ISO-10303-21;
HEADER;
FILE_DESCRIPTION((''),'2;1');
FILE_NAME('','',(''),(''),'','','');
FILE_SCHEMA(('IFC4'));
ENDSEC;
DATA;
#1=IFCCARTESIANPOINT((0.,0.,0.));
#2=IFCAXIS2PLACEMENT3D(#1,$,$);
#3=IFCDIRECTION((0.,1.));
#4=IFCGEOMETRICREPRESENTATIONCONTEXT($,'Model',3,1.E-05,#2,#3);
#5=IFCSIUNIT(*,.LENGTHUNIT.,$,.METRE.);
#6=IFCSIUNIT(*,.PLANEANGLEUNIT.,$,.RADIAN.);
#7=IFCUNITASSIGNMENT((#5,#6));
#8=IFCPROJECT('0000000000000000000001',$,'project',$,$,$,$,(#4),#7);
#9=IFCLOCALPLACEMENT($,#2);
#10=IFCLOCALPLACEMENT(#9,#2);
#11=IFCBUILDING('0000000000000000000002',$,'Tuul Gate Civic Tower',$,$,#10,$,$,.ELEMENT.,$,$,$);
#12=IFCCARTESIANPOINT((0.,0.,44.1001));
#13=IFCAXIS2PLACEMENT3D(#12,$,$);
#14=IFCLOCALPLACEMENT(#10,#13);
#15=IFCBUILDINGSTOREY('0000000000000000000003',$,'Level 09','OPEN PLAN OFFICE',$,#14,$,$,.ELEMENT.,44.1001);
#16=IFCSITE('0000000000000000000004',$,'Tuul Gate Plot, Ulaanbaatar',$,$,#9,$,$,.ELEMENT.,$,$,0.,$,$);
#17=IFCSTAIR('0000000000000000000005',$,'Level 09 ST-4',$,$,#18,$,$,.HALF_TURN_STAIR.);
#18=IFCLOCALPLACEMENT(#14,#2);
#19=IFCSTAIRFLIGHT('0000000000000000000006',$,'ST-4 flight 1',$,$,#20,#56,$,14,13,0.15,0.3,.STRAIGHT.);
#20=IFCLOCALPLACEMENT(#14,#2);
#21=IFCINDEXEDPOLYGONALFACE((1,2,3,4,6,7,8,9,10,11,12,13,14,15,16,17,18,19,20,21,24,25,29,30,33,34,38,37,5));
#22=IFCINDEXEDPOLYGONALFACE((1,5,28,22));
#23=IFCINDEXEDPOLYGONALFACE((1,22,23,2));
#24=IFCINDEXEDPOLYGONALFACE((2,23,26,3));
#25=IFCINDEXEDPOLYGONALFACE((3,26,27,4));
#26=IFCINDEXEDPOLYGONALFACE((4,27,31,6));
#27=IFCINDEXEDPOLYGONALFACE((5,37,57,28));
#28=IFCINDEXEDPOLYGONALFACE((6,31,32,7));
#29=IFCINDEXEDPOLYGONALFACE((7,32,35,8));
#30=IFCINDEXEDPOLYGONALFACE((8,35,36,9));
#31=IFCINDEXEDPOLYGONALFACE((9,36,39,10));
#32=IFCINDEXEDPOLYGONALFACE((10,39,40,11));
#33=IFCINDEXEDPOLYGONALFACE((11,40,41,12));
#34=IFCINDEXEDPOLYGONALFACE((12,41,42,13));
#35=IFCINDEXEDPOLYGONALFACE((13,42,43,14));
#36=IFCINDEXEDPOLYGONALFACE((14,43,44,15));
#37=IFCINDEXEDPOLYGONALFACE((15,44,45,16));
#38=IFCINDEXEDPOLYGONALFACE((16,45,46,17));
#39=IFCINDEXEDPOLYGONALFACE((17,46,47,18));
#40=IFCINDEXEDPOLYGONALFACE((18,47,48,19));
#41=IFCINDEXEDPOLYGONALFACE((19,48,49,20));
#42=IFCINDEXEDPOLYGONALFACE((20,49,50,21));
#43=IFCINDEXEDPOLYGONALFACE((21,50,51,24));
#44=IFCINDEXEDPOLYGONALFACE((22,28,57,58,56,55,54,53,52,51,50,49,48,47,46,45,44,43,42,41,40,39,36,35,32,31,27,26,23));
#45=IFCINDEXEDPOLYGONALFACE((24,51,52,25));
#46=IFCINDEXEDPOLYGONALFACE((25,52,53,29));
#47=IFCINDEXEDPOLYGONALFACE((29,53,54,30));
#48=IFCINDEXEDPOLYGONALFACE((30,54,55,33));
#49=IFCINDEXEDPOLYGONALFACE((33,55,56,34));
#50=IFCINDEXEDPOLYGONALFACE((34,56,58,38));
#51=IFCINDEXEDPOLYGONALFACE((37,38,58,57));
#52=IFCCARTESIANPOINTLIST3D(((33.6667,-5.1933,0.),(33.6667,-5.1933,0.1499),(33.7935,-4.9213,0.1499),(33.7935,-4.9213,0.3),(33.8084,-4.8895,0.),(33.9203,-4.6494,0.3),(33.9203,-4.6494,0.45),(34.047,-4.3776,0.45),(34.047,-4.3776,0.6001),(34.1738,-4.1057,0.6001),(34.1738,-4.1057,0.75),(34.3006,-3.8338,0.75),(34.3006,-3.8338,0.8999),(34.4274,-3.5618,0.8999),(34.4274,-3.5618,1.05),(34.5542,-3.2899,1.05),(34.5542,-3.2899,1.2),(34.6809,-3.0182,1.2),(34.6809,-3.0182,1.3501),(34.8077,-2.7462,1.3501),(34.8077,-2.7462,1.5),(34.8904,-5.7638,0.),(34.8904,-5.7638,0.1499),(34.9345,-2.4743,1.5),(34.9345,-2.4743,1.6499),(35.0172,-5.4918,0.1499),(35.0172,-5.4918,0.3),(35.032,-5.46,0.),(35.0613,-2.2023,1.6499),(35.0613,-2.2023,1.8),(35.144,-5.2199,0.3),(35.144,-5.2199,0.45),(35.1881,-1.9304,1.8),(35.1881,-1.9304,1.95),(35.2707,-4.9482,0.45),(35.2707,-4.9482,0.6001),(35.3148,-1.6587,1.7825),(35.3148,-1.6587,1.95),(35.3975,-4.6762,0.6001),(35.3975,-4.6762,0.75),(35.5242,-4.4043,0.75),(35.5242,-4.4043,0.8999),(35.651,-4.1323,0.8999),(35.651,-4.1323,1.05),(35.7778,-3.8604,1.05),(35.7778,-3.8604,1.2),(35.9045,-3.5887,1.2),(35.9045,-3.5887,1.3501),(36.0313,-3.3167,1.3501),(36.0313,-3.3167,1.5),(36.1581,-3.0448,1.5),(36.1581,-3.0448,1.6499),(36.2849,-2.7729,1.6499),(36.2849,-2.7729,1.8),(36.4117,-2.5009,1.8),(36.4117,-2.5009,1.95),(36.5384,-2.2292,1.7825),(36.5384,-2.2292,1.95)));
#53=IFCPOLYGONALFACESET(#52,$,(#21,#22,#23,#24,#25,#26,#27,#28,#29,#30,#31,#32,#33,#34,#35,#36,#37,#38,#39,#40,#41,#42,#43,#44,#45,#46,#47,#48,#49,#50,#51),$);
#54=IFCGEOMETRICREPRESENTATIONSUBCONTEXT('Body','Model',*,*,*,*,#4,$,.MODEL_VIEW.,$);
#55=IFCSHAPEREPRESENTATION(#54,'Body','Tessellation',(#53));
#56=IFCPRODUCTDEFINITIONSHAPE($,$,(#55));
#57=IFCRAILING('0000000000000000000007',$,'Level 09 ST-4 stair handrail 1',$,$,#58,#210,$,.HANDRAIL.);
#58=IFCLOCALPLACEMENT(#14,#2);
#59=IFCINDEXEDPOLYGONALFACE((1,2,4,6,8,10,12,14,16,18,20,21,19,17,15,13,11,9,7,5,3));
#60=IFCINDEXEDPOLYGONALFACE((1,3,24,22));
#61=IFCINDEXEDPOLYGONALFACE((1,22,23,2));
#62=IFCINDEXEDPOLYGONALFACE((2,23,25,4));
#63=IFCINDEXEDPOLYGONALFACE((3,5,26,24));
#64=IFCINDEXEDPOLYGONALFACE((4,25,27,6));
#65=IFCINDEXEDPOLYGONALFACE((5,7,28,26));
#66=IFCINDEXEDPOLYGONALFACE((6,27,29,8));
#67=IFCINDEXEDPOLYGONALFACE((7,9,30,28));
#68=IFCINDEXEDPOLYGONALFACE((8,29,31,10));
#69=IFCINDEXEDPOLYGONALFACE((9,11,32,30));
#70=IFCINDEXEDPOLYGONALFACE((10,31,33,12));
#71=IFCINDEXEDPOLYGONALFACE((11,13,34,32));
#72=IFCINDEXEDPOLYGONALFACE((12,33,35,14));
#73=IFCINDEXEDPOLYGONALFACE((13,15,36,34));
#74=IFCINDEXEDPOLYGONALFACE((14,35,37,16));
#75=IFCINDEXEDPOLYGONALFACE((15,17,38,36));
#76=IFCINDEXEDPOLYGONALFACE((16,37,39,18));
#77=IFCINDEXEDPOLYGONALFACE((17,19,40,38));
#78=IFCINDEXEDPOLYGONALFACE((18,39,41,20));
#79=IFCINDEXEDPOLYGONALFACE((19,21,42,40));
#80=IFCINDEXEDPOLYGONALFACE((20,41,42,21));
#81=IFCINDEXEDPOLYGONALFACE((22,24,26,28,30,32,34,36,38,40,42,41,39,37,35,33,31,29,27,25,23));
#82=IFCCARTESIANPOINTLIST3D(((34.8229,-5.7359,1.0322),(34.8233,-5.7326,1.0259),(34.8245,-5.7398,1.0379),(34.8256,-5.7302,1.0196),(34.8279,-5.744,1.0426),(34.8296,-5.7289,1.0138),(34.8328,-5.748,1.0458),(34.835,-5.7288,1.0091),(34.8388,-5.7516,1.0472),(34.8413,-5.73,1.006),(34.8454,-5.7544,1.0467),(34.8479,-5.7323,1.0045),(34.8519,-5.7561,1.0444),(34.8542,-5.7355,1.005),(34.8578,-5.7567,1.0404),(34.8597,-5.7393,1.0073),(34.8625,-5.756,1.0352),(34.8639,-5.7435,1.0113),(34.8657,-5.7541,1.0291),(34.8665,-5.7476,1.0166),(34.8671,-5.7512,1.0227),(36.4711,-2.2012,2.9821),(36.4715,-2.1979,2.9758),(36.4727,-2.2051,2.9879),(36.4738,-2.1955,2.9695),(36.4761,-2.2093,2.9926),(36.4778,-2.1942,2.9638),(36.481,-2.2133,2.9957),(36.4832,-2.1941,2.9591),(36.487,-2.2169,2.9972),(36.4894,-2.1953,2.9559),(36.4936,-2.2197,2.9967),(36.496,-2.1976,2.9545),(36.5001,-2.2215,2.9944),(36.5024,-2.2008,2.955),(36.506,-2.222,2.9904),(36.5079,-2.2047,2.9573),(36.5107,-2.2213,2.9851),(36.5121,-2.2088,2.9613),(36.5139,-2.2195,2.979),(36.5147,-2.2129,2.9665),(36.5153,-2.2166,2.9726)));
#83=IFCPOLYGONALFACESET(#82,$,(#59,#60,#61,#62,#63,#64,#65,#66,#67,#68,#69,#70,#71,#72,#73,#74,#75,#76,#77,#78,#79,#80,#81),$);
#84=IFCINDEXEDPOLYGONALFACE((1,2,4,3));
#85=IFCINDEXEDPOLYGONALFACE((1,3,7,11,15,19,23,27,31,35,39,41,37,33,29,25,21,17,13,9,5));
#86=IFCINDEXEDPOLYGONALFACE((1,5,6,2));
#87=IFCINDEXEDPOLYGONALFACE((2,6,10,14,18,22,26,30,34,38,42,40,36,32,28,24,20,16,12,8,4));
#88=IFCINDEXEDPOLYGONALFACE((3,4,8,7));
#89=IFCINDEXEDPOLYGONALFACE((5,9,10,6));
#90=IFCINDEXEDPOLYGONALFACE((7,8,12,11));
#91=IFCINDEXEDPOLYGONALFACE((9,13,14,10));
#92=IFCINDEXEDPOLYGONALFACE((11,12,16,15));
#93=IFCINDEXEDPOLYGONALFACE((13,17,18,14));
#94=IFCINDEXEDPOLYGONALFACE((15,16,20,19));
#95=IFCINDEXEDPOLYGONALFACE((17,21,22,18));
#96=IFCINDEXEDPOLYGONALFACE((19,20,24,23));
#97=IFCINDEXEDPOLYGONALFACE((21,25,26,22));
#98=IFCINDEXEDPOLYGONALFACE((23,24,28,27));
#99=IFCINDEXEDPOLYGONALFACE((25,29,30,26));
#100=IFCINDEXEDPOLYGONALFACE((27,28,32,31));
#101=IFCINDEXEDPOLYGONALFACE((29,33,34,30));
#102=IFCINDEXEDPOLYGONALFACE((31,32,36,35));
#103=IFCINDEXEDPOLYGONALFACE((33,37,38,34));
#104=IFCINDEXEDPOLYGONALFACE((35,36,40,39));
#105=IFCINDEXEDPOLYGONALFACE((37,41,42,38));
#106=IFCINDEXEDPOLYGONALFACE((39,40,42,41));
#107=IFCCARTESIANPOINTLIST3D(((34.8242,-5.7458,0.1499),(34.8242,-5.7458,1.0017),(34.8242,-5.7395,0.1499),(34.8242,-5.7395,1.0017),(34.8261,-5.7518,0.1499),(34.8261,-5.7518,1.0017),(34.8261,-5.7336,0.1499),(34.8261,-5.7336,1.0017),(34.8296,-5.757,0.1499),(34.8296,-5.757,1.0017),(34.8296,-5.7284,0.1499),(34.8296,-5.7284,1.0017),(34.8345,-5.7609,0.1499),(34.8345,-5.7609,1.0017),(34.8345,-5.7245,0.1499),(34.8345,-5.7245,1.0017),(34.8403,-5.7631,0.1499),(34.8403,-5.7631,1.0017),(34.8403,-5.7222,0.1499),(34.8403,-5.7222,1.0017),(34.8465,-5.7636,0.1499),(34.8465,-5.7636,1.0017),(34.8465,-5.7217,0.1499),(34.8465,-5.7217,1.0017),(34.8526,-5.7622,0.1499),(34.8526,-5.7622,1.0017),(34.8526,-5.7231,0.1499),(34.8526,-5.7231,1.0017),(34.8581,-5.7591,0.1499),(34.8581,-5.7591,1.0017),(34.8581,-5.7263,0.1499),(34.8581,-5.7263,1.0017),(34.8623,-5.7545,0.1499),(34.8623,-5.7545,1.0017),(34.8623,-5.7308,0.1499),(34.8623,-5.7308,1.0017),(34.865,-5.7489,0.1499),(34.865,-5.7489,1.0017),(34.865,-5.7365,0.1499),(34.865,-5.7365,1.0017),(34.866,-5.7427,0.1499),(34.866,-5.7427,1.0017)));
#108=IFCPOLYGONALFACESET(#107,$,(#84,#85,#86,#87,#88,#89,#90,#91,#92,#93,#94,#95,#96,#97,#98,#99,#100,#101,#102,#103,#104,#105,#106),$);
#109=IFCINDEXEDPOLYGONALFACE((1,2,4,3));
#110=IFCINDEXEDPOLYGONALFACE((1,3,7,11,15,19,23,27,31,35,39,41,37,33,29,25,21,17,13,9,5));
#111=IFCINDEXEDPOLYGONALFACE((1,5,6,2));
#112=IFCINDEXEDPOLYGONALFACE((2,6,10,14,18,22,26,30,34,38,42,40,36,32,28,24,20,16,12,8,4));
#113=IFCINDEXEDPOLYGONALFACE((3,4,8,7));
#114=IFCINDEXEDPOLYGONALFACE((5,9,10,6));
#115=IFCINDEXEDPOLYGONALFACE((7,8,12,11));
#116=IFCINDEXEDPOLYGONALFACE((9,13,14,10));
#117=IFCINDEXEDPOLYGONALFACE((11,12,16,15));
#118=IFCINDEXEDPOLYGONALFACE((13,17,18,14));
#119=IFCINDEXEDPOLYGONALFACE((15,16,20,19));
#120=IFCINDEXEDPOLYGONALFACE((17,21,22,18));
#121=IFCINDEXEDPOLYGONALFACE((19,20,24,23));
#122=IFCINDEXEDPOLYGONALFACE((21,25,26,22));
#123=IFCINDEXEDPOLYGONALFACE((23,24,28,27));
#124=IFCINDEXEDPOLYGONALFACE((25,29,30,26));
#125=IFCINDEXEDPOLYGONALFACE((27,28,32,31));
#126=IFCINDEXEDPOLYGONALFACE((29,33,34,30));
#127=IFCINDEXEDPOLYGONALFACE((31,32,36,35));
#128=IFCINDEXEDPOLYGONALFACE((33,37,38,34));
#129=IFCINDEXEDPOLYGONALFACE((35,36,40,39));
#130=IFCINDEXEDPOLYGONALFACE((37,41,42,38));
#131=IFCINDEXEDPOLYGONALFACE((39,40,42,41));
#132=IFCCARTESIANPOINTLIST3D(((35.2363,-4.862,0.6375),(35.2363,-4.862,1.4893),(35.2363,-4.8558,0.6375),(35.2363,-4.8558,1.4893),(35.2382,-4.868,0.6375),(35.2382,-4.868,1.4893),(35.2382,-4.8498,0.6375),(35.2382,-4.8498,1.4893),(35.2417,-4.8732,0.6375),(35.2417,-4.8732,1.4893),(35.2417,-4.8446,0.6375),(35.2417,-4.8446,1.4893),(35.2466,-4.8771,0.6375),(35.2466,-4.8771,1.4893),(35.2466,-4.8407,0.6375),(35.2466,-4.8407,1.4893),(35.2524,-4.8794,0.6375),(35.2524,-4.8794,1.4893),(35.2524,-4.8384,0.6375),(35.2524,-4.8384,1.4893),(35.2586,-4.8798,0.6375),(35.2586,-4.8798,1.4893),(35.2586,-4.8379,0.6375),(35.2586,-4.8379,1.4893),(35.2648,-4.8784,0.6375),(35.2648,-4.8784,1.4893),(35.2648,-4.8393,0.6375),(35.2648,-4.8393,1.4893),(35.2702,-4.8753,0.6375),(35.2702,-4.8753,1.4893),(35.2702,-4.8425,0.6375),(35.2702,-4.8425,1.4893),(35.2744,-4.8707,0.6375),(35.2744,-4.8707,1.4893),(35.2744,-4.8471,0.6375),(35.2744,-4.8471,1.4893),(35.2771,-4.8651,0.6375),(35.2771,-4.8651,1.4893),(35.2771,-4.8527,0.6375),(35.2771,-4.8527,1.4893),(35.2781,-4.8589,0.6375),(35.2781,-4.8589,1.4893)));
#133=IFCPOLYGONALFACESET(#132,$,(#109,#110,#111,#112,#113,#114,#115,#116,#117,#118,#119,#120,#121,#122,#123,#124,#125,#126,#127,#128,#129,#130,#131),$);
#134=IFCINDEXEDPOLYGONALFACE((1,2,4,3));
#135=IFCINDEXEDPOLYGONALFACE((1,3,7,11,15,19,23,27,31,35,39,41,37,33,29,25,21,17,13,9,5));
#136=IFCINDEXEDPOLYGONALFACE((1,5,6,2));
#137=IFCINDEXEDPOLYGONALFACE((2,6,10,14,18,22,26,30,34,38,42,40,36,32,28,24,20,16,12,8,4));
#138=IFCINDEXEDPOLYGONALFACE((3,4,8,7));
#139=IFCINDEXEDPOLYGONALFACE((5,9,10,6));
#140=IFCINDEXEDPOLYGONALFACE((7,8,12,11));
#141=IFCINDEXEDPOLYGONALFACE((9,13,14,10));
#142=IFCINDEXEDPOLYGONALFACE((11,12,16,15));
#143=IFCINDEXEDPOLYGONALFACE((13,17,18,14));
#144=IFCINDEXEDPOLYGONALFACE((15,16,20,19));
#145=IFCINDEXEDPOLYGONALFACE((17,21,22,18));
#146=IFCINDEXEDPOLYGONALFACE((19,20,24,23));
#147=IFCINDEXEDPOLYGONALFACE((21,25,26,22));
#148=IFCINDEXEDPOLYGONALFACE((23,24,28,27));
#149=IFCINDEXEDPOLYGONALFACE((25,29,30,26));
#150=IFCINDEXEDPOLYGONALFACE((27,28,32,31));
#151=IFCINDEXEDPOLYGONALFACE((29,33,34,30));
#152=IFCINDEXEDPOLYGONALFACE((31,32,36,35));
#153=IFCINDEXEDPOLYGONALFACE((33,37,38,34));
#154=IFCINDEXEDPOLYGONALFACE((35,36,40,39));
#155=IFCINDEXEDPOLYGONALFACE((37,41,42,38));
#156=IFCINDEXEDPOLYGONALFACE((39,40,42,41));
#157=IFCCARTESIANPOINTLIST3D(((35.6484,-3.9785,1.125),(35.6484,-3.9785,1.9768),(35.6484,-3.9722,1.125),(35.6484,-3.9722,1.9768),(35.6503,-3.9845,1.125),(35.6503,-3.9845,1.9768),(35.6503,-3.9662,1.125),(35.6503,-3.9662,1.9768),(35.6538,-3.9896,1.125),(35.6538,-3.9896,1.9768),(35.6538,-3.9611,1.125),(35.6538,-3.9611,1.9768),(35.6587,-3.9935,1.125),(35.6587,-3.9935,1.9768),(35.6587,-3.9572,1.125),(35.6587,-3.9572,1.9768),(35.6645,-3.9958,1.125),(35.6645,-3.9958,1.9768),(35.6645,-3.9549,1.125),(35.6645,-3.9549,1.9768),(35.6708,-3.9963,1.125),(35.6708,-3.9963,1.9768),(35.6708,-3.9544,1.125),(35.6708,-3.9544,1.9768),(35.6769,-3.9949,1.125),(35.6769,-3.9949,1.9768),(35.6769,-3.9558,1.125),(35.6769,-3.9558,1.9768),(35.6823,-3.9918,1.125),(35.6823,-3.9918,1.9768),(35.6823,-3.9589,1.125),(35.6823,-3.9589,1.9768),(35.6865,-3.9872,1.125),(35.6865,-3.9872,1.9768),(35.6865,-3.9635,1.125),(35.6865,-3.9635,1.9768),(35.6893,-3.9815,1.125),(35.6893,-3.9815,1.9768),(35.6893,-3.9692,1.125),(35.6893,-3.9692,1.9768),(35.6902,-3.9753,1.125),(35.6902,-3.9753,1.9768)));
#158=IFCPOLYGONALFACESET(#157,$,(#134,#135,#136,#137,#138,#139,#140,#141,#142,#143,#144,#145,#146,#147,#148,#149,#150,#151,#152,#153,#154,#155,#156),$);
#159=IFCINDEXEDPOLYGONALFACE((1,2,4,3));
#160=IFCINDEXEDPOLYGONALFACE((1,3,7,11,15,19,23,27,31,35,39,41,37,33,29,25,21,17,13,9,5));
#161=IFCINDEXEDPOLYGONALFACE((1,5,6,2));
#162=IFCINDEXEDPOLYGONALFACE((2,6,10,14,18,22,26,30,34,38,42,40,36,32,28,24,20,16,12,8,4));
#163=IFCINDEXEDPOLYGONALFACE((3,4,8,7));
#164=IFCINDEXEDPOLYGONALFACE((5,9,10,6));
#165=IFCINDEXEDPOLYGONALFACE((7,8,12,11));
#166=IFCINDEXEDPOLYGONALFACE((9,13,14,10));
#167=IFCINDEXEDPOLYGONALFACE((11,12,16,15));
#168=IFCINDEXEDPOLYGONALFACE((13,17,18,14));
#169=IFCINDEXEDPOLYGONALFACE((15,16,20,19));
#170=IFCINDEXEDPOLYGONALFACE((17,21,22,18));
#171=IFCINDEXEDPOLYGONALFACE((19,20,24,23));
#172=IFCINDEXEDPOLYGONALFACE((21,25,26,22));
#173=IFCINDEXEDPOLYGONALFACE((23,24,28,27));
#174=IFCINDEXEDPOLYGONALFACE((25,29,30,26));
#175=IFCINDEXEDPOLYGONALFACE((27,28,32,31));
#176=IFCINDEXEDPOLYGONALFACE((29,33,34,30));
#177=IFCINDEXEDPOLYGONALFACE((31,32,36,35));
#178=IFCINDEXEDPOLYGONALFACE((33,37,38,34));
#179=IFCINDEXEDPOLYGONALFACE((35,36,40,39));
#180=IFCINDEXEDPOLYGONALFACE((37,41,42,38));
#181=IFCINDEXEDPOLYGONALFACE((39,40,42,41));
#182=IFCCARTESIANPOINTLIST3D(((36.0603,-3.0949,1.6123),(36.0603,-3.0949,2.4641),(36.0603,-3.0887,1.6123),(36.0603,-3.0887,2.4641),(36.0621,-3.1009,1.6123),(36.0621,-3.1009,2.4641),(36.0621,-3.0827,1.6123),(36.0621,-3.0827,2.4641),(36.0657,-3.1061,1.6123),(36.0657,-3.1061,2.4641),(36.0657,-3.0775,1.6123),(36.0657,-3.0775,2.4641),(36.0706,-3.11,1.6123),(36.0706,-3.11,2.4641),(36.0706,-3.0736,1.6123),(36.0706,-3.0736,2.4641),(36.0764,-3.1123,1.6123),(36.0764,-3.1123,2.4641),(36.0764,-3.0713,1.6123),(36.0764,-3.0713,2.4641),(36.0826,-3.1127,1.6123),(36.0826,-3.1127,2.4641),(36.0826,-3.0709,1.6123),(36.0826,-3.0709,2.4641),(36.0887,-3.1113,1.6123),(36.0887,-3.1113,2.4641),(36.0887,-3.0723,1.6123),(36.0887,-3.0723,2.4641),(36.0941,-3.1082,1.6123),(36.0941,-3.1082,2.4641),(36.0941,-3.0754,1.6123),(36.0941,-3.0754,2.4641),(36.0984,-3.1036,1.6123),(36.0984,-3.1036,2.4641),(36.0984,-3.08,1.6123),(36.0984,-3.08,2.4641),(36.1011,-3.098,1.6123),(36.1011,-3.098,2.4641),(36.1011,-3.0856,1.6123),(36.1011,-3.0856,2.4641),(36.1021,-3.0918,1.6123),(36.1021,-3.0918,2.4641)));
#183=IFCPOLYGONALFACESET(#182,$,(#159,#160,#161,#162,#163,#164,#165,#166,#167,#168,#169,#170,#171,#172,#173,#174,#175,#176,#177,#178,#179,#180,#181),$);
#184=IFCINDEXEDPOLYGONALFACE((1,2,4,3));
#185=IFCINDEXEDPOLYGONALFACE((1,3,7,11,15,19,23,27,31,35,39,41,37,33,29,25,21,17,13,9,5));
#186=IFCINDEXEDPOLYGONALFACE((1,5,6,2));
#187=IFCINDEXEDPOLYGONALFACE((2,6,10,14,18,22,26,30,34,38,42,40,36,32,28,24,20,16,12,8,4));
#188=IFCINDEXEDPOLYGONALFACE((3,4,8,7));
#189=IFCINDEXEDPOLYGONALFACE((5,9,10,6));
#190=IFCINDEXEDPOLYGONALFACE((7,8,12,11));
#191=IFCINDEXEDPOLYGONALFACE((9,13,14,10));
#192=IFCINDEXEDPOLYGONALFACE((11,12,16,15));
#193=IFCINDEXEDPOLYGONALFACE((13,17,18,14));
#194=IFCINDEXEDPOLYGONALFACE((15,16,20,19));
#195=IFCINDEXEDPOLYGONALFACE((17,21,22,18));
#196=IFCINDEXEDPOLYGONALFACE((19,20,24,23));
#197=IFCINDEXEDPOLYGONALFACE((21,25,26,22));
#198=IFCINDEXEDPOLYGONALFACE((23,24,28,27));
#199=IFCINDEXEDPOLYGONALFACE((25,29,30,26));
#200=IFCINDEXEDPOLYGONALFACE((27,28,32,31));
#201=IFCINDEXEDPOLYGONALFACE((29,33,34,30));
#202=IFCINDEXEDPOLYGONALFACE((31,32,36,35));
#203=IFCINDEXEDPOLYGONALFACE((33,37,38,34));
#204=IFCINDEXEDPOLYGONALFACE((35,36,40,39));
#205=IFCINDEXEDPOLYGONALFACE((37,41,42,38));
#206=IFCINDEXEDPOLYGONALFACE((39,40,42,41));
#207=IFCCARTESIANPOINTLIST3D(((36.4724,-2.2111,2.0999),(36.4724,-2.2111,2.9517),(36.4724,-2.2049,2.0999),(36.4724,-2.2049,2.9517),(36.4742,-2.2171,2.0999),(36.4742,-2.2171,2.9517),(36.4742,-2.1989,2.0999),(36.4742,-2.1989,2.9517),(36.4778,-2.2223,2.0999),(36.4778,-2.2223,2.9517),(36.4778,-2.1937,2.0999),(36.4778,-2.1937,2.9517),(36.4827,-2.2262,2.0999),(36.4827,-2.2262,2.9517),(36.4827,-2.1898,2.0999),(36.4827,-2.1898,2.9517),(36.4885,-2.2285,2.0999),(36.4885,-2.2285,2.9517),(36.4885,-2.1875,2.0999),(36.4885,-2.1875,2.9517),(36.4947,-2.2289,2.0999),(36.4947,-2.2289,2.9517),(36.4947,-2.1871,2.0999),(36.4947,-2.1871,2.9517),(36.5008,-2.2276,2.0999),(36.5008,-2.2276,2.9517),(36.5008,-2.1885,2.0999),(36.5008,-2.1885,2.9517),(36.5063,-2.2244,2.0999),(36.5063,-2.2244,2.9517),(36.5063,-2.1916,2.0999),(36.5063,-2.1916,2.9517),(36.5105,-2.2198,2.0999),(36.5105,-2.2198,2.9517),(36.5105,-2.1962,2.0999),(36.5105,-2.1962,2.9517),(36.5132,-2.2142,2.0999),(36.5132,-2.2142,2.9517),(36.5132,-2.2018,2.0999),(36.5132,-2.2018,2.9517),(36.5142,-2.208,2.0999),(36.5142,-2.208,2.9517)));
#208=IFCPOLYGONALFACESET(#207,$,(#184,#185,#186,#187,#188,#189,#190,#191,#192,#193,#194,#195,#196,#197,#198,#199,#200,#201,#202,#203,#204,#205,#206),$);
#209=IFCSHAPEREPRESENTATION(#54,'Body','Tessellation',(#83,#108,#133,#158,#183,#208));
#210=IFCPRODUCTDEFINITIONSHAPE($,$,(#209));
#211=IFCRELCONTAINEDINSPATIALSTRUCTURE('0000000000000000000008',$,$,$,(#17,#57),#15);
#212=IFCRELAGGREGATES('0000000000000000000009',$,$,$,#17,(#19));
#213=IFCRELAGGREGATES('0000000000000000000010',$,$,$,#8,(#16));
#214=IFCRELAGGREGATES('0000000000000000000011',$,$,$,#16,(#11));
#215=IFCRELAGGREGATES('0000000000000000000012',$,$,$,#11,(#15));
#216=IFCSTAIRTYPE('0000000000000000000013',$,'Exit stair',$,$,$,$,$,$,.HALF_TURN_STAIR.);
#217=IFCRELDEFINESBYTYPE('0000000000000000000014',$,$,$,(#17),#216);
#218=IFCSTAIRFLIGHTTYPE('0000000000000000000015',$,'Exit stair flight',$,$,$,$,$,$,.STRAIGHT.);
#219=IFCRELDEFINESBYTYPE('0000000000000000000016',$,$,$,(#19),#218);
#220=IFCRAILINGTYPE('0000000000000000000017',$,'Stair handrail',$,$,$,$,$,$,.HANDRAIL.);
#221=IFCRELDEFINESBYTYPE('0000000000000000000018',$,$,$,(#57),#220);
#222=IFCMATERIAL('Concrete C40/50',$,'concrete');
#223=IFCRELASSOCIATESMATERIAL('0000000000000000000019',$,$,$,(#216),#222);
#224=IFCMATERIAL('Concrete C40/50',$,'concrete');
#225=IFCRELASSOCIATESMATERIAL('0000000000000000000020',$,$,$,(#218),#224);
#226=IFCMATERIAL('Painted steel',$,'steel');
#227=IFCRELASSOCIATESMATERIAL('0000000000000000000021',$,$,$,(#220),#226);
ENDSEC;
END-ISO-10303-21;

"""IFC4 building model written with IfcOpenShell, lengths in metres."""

from ifc_helpers import new_model, si_unit, direction, frame, origin, origin_2d, place, context, subcontext, project, spatial, polyline, circle, outline, extrude, material, type_object, element, aggregate, save


model = new_model("IFC4")

# Units and contexts
model_context = context("Model", 3, precision=1e-05, world=origin(), true_north=direction((0.0, 1.0)))
body_context = subcontext(model_context, "Body", "Model", "MODEL_VIEW")
ifc_project = project(units=[si_unit("LENGTHUNIT", "METRE"), si_unit("PLANEANGLEUNIT", "RADIAN")], contexts=[model_context])

# Site, building, storey
site_placement = place(None, origin())
site = spatial("IfcSite", under=ifc_project, at=site_placement, Name="Tuul Gate Plot, Ulaanbaatar", CompositionType="ELEMENT", RefElevation=0.0)
building_placement = place(site_placement, origin())
building = spatial("IfcBuilding", under=site, at=building_placement, Name="Tuul Gate Civic Tower", CompositionType="ELEMENT")
storey_placement = place(building_placement, frame((0.0, 0.0, 44.1001)))
storey = spatial("IfcBuildingStorey", under=building, at=storey_placement, Name="Level 09", Description="OPEN PLAN OFFICE", CompositionType="ELEMENT", Elevation=44.1001)

# Stair, stair flight
ifc_material_1 = material(Name="Concrete C40/50", Category="concrete")
stair_type = type_object("IfcStairType", Name="Exit stair", PredefinedType="HALF_TURN_STAIR", material=ifc_material_1)
stair_placement = place(storey_placement, origin())
stair = element("IfcStair", 1, at=stair_placement, inside=storey, type_object=stair_type, Name="Level 09 ST-4", PredefinedType="HALF_TURN_STAIR")
ifc_material_2 = material(Name="Concrete C40/50", Category="concrete")
stair_flight_type = type_object("IfcStairFlightType", Name="Exit stair flight", PredefinedType="STRAIGHT", material=ifc_material_2)
stair_flight_placement = place(storey_placement, frame((34.2786, -5.4785, 0.0), z_axis=(0.0, 0.0, 1.0), x_axis=(0.422576, 0.906327, 0.0)))
stair_flight = element("IfcStairFlight", 2, at=stair_flight_placement, type_object=stair_flight_type, Name="ST-4 flight 1", NumberOfRisers=14, NumberOfTreads=13, PredefinedType="STRAIGHT", RiserHeight=0.15, TreadLength=0.3, context=body_context, shape_type="SweptSolid", body=[
    extrude(outline(polyline([(0.0, 0.0), (0.0, 0.1499), (0.3, 0.1499), (0.3, 0.3), (0.6001, 0.3), (0.6001, 0.45), (0.8999, 0.45), (0.8999, 0.6001), (1.2, 0.6001), (1.2, 0.75), (1.5, 0.75), (1.5, 0.8999), (1.8, 0.8999), (1.8, 1.05), (2.1001, 1.05), (2.1001, 1.2), (2.3999, 1.2), (2.3999, 1.3501), (2.7, 1.3501), (2.7, 1.5), (3.0, 1.5), (3.0, 1.6499), (3.3, 1.6499), (3.3, 1.8), (3.6001, 1.8), (3.6001, 1.95), (3.8999, 1.95), (3.8999, 2.1001), (3.8999, 1.7825), (0.3352, 0.0), (0.0, 0.0)])), frame((0.0, 0.675, 0.0), z_axis=(0.0, -1.0, 0.0), x_axis=(1.0, 0.0, 0.0)), (0.0, 0.0, 1.0), 1.3501),
])
aggregate(stair, [stair_flight])

# Railing
ifc_material_3 = material(Name="Painted steel", Category="steel")
railing_type = type_object("IfcRailingType", Name="Stair handrail", PredefinedType="HANDRAIL", material=ifc_material_3)
railing_placement = place(storey_placement, frame((34.845, -5.7427, 0.1499)))
element("IfcRailing", 3, at=railing_placement, inside=storey, type_object=railing_type, Name="Level 09 ST-4 stair handrail 1", PredefinedType="HANDRAIL", context=body_context, shape_type="SweptSolid", body=[
    extrude(circle(Radius=0.0239, at=origin_2d()), frame((0.0, 0.0, 0.876), z_axis=(0.377995, 0.810637, 0.4472), x_axis=(-0.906313, 0.422608, 0.0)), (0.0, 0.0, 1.0), 4.3604),
    extrude(circle(Radius=0.021, at=origin_2d()), origin(), (0.0, 0.0, 1.0), 0.8518),
    extrude(circle(Radius=0.021, at=origin_2d()), frame((0.4121, 0.8838, 0.4875)), (0.0, 0.0, 1.0), 0.8518),
    extrude(circle(Radius=0.021, at=origin_2d()), frame((0.8242, 1.7673, 0.9751)), (0.0, 0.0, 1.0), 0.8518),
    extrude(circle(Radius=0.021, at=origin_2d()), frame((1.2361, 2.6509, 1.4624)), (0.0, 0.0, 1.0), 0.8518),
    extrude(circle(Radius=0.021, at=origin_2d()), frame((1.6482, 3.5347, 1.95)), (0.0, 0.0, 1.0), 0.8518),
])

save(model, "model.ifc")
